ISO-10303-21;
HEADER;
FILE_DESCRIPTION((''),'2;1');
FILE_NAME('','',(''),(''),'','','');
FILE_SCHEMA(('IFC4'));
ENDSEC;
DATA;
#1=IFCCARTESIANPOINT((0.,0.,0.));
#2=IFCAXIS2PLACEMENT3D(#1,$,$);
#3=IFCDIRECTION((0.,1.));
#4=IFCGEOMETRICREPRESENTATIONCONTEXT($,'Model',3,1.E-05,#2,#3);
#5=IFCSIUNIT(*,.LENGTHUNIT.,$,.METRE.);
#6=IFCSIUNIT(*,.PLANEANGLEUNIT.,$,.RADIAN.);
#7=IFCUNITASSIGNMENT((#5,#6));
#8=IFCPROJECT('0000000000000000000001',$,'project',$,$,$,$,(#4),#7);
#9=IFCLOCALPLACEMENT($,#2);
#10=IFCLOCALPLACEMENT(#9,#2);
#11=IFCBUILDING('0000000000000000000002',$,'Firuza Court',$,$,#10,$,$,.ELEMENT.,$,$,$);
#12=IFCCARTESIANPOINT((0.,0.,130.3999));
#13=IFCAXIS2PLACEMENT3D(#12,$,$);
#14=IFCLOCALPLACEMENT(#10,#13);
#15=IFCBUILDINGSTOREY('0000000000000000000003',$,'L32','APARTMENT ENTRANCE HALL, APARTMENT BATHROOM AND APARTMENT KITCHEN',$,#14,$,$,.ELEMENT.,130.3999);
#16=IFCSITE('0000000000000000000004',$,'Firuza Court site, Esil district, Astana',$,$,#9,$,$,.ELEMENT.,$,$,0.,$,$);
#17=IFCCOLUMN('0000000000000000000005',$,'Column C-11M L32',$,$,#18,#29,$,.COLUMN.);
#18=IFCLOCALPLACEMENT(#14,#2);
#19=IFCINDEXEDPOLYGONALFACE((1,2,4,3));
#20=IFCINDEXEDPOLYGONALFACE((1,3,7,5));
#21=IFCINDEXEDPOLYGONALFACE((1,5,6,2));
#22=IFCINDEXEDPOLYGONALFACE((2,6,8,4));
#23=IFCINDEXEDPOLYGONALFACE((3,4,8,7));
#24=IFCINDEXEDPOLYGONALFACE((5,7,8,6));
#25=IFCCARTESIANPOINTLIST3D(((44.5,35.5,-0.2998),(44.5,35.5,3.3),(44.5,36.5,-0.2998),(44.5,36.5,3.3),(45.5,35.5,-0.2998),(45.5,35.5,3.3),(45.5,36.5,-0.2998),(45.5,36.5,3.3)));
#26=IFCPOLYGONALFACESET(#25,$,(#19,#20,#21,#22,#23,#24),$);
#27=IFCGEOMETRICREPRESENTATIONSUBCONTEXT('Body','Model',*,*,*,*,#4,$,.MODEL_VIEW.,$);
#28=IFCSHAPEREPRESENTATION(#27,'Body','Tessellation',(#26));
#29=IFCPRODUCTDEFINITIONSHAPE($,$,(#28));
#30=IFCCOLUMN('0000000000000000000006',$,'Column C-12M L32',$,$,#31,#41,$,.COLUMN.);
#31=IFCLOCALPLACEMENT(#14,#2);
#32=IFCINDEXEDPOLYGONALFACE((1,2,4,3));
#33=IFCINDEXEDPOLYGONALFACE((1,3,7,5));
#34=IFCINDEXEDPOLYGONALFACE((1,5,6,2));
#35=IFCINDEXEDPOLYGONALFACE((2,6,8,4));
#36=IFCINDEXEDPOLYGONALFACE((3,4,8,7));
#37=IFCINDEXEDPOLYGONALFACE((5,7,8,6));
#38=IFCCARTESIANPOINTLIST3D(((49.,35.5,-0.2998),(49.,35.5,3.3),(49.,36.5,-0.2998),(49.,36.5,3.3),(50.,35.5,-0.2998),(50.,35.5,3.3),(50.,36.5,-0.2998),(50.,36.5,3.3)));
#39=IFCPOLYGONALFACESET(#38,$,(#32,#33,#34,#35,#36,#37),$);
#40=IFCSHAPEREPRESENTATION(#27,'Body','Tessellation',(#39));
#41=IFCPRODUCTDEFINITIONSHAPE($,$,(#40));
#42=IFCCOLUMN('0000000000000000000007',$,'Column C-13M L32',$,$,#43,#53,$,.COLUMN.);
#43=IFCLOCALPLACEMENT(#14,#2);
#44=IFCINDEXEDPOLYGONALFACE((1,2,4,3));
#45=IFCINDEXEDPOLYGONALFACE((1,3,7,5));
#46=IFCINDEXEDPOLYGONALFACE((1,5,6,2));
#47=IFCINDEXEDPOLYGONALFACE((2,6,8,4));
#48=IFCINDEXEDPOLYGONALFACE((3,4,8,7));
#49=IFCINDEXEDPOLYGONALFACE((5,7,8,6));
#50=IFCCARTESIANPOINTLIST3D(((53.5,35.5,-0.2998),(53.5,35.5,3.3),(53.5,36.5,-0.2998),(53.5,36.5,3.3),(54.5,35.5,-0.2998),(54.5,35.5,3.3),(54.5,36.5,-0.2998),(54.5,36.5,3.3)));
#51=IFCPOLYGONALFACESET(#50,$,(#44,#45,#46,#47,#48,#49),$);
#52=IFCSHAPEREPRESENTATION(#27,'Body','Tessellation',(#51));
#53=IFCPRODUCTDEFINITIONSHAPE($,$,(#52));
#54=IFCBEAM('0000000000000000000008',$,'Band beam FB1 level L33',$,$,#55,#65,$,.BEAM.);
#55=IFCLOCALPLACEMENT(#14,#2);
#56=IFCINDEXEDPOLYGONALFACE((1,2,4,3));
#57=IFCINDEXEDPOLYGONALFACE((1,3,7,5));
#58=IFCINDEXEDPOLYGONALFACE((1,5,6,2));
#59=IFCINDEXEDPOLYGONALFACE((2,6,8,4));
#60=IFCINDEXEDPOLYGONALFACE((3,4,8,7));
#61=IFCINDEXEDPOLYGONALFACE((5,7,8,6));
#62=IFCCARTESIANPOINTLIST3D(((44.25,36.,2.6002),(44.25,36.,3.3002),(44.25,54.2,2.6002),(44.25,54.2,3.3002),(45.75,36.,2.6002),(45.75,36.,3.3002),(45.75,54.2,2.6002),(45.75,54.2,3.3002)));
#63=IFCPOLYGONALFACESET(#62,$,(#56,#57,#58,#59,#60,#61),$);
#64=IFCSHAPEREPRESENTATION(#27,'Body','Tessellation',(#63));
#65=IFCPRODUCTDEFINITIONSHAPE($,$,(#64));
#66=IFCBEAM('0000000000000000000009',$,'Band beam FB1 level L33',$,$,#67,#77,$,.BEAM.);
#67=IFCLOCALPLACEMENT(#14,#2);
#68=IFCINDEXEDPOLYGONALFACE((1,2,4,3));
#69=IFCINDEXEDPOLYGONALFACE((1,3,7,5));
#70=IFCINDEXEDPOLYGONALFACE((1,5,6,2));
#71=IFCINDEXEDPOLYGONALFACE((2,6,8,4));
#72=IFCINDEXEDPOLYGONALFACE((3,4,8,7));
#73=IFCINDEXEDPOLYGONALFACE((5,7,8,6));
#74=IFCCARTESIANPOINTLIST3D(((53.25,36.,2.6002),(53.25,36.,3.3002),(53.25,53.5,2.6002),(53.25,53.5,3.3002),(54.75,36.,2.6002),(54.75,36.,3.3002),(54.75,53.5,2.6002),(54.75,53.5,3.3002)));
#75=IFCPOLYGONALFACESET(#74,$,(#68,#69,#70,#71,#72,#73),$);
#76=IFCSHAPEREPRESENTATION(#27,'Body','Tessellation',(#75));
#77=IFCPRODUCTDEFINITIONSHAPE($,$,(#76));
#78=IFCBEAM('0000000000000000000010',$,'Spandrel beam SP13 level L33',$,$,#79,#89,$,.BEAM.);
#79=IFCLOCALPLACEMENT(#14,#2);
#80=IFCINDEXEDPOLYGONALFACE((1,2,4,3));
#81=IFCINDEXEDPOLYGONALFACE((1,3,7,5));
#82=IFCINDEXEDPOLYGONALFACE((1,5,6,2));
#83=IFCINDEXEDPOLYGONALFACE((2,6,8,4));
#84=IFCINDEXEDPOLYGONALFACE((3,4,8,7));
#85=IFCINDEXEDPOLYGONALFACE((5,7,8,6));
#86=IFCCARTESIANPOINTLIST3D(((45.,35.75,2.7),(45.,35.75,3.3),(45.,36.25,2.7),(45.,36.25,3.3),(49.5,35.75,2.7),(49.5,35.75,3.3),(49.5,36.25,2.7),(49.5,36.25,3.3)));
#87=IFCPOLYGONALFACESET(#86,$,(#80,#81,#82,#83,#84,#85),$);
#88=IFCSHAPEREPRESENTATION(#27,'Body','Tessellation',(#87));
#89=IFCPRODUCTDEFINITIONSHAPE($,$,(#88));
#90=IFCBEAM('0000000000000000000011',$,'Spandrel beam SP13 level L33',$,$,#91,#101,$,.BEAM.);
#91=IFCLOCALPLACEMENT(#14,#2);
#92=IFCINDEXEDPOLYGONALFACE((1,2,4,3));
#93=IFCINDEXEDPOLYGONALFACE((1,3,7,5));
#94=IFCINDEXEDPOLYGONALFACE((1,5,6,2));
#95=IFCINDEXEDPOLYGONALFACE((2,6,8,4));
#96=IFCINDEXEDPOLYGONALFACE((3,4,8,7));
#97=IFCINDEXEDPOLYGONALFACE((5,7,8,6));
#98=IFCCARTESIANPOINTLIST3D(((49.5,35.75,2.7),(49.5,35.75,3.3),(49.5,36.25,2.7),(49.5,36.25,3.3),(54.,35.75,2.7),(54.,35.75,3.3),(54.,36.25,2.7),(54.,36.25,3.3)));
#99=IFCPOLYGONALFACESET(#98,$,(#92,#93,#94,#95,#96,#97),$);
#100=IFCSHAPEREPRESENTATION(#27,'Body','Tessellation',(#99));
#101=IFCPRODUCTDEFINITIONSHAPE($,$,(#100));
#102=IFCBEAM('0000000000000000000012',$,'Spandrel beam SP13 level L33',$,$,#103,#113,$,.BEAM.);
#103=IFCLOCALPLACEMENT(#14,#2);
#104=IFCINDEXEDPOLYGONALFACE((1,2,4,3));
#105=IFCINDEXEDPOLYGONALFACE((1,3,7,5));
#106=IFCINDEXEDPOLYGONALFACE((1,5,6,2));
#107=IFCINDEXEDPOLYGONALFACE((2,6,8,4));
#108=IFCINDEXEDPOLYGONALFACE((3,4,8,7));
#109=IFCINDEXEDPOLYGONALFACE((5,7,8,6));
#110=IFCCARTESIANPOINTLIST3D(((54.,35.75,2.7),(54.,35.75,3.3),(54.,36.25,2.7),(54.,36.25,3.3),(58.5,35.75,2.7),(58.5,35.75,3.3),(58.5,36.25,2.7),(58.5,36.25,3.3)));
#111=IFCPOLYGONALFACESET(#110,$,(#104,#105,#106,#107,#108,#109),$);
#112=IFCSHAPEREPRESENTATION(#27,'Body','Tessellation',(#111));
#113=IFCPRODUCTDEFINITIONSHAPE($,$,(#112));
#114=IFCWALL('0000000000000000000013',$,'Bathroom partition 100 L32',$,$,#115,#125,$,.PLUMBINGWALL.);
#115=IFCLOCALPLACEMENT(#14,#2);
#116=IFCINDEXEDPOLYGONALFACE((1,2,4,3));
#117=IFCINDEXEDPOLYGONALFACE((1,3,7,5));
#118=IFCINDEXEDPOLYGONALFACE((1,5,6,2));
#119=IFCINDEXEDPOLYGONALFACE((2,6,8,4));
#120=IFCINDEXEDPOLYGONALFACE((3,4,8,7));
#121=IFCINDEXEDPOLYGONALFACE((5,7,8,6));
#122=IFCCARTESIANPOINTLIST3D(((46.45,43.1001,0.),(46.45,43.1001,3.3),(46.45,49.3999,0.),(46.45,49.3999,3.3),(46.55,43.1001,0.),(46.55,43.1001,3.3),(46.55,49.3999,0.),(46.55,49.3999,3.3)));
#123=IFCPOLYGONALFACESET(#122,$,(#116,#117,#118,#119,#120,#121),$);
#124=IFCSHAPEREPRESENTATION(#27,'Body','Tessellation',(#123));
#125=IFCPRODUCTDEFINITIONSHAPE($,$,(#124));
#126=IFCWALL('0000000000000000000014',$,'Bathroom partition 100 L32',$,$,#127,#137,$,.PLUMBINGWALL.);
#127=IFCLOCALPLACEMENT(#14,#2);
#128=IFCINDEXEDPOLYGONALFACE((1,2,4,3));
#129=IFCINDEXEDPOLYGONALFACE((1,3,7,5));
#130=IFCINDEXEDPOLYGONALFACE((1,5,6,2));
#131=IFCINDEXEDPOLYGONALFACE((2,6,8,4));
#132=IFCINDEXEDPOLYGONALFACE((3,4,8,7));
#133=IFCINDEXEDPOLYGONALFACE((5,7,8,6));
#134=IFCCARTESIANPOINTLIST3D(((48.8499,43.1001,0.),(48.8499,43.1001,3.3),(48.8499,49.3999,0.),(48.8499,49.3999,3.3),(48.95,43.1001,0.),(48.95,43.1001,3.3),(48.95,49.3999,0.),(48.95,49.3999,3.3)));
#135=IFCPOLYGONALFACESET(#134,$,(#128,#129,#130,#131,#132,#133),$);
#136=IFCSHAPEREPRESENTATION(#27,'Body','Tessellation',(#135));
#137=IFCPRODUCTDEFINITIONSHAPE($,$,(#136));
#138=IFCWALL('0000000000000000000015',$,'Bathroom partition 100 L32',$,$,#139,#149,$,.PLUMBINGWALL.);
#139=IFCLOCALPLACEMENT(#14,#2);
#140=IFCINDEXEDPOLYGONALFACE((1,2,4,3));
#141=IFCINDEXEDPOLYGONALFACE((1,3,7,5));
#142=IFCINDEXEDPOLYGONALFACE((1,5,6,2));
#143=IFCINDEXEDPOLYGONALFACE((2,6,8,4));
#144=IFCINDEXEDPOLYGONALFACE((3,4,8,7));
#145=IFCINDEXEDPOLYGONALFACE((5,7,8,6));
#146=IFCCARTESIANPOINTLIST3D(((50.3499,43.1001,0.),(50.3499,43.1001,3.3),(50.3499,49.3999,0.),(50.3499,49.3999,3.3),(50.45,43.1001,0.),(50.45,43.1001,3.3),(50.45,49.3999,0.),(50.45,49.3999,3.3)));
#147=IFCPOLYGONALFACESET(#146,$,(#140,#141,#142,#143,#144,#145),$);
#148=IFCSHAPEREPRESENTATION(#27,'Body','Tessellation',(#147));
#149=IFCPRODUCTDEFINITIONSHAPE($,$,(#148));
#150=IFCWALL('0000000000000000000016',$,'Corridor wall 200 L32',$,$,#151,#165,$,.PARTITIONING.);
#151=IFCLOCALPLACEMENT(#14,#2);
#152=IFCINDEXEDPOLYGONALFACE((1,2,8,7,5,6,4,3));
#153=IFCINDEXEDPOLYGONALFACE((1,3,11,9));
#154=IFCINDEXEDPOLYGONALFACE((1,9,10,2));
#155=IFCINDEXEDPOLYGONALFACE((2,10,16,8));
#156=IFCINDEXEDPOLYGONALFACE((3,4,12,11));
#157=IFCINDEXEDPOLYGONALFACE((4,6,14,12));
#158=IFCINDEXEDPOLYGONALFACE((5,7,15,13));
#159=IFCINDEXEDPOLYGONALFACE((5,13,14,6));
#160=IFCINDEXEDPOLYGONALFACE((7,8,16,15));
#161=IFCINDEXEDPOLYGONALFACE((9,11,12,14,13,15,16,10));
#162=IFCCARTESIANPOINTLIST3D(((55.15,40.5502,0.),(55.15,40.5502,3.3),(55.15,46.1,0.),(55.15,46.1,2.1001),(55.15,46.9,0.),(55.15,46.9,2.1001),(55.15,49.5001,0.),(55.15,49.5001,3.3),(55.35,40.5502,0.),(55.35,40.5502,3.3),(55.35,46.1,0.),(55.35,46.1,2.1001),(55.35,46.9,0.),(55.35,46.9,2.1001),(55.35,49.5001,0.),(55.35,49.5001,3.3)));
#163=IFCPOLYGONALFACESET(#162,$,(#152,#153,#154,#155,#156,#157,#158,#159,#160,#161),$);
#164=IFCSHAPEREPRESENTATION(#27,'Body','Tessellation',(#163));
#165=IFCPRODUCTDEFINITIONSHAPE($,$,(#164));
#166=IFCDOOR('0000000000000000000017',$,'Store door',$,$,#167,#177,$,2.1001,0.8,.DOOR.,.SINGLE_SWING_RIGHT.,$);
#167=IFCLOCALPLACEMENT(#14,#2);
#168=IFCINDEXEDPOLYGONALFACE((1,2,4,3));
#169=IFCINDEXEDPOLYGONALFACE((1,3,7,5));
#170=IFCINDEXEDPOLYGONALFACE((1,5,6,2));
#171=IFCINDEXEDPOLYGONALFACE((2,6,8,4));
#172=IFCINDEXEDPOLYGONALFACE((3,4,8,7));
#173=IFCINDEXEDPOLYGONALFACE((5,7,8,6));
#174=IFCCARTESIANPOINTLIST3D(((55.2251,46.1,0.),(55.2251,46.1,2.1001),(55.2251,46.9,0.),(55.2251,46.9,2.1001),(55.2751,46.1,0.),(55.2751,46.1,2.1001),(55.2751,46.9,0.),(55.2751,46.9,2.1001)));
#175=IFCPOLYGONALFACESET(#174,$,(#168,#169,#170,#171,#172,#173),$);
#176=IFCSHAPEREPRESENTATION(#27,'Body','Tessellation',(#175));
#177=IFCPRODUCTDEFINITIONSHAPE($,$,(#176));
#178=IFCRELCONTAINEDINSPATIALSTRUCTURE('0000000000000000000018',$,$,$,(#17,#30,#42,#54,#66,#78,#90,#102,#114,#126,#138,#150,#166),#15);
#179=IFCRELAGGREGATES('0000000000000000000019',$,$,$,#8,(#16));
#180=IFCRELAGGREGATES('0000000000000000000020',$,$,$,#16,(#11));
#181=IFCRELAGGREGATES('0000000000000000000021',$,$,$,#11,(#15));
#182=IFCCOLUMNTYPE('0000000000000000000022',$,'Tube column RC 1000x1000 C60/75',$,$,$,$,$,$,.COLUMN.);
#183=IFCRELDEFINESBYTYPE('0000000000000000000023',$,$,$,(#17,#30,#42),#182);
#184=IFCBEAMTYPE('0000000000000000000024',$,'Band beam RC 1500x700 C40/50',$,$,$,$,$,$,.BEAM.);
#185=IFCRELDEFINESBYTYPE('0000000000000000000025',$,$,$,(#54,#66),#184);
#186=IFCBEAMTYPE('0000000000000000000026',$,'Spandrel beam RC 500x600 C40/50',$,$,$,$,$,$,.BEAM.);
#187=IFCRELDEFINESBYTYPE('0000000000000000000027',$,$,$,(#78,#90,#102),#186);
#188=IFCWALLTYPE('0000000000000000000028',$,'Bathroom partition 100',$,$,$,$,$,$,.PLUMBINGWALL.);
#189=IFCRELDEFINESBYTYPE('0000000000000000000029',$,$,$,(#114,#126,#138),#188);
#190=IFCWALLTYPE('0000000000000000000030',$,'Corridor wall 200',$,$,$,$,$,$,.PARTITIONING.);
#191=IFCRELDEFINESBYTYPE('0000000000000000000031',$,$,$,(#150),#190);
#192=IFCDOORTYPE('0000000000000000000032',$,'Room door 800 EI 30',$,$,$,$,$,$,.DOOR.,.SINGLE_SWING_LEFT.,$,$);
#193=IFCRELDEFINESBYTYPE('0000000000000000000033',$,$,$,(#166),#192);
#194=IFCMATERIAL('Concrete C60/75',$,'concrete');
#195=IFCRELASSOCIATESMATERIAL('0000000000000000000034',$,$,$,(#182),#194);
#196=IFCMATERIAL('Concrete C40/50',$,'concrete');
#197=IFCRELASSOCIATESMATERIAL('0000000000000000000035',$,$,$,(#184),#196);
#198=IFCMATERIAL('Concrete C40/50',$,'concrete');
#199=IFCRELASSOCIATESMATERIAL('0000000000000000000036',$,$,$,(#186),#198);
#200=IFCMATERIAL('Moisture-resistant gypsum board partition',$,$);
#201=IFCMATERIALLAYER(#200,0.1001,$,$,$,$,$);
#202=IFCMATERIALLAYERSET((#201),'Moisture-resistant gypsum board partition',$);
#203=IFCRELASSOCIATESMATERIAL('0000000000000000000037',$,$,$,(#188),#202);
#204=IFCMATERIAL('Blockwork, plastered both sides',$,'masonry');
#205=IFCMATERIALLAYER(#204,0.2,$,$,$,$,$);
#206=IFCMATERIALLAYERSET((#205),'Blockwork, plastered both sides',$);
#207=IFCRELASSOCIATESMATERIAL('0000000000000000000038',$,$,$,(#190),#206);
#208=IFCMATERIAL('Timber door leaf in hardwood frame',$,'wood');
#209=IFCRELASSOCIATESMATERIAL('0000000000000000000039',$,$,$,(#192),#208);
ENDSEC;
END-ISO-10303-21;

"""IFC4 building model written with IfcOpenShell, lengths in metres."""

from ifc_helpers import new_model, si_unit, direction, frame, frame_2d, origin, origin_2d, place, context, subcontext, project, spatial, rectangle, extrude, material, layer, layer_set, material_profile, profile_set, type_object, element, fill, save


model = new_model("IFC4")

# Units and contexts
model_context = context("Model", 3, precision=1e-05, world=origin(), true_north=direction((0.0, 1.0)))
body_context = subcontext(model_context, "Body", "Model", "MODEL_VIEW")
ifc_project = project(units=[si_unit("LENGTHUNIT", "METRE"), si_unit("PLANEANGLEUNIT", "RADIAN")], contexts=[model_context])

# Site, building, storey
site_placement = place(None, origin())
site = spatial("IfcSite", under=ifc_project, at=site_placement, Name="Firuza Court site, Esil district, Astana", CompositionType="ELEMENT", RefElevation=0.0)
building_placement = place(site_placement, origin())
building = spatial("IfcBuilding", under=site, at=building_placement, Name="Firuza Court", CompositionType="ELEMENT")
storey_placement = place(building_placement, frame((0.0, 0.0, 130.3999)))
storey = spatial("IfcBuildingStorey", under=building, at=storey_placement, Name="L32", Description="APARTMENT ENTRANCE HALL, APARTMENT BATHROOM AND APARTMENT KITCHEN", CompositionType="ELEMENT", Elevation=130.3999)

# Columns
ifc_material_1 = material(Name="Concrete C60/75", Category="concrete")
ifc_material_profile_1 = material_profile(ifc_material_1, rectangle(XDim=1.0, YDim=1.0, at=origin_2d()), Name="RC 1000x1000")
ifc_profile_set_1 = profile_set([ifc_material_profile_1], Name="Concrete C60/75")
column_type = type_object("IfcColumnType", Name="Tube column RC 1000x1000 C60/75", PredefinedType="COLUMN", material=ifc_profile_set_1)
for number, where, z_axis, x_axis, name in (
    (1, (45.0, 36.0, -0.2998), (0.0, 0.0, 1.0), (1.0, 0.0, 0.0), "Column C-11M L32"),
    (2, (49.5, 36.0, -0.2998), (0.0, 0.0, 1.0), (1.0, 0.0, 0.0), "Column C-12M L32"),
    (3, (54.0, 36.0, -0.2998), (0.0, 0.0, 1.0), (1.0, 0.0, 0.0), "Column C-13M L32"),
):
    element("IfcColumn", number, at=place(storey_placement, frame(where, z_axis=z_axis, x_axis=x_axis)), inside=storey, type_object=column_type, Name=name, PredefinedType="COLUMN", context=body_context, shape_type="SweptSolid", body=[
        extrude(rectangle(XDim=1.0, YDim=1.0, at=origin_2d()), origin(), (0.0, 0.0, 1.0), 3.5999),
    ])

# Beams
ifc_material_2 = material(Name="Concrete C40/50", Category="concrete")
ifc_material_profile_2 = material_profile(ifc_material_2, rectangle(XDim=1.5, YDim=0.7, at=origin_2d()), Name="RC 1500x700")
ifc_profile_set_2 = profile_set([ifc_material_profile_2], Name="Concrete C40/50")
beam_type_1 = type_object("IfcBeamType", Name="Band beam RC 1500x700 C40/50", PredefinedType="BEAM", material=ifc_profile_set_2)
beam_1_placement = place(storey_placement, frame((45.0, 36.0, 2.9502), z_axis=(0.0, 1.0, 0.0), x_axis=(-1.0, 0.0, 0.0)))
element("IfcBeam", 4, at=beam_1_placement, inside=storey, type_object=beam_type_1, Name="Band beam FB1 level L33", PredefinedType="BEAM", context=body_context, shape_type="SweptSolid", body=[
    extrude(rectangle(XDim=1.5, YDim=0.7, at=origin_2d()), origin(), (0.0, 0.0, 1.0), 18.2),
])
beam_2_placement = place(storey_placement, frame((54.0, 36.0, 2.9502), z_axis=(0.0, 1.0, 0.0), x_axis=(-1.0, 0.0, 0.0)))
element("IfcBeam", 5, at=beam_2_placement, inside=storey, type_object=beam_type_1, Name="Band beam FB1 level L33", PredefinedType="BEAM", context=body_context, shape_type="SweptSolid", body=[
    extrude(rectangle(XDim=1.5, YDim=0.7, at=origin_2d()), origin(), (0.0, 0.0, 1.0), 17.5),
])
ifc_material_3 = material(Name="Concrete C40/50", Category="concrete")
ifc_material_profile_3 = material_profile(ifc_material_3, rectangle(XDim=0.5, YDim=0.6001, at=origin_2d()), Name="RC 500x600")
ifc_profile_set_3 = profile_set([ifc_material_profile_3], Name="Concrete C40/50")
beam_type_2 = type_object("IfcBeamType", Name="Spandrel beam RC 500x600 C40/50", PredefinedType="BEAM", material=ifc_profile_set_3)
for number, where, z_axis, x_axis, name in (
    (6, (45.0, 36.0, 3.0), (1.0, 0.0, 0.0), (0.0, 1.0, 0.0), "Spandrel beam SP13 level L33"),
    (7, (49.5, 36.0, 3.0), (1.0, 0.0, 0.0), (0.0, 1.0, 0.0), "Spandrel beam SP13 level L33"),
    (8, (54.0, 36.0, 3.0), (1.0, 0.0, 0.0), (0.0, 1.0, 0.0), "Spandrel beam SP13 level L33"),
):
    element("IfcBeam", number, at=place(storey_placement, frame(where, z_axis=z_axis, x_axis=x_axis)), inside=storey, type_object=beam_type_2, Name=name, PredefinedType="BEAM", context=body_context, shape_type="SweptSolid", body=[
        extrude(rectangle(XDim=0.5, YDim=0.6001, at=origin_2d()), origin(), (0.0, 0.0, 1.0), 4.5),
    ])

# Walls
ifc_material_4 = material(Name="Moisture-resistant gypsum board partition")
ifc_layer_1 = layer(ifc_material_4, 0.1001)
ifc_layer_set_1 = layer_set([ifc_layer_1], Name="Moisture-resistant gypsum board partition")
wall_type_1 = type_object("IfcWallType", Name="Bathroom partition 100", PredefinedType="PLUMBINGWALL", material=ifc_layer_set_1)
for number, where, z_axis, x_axis, name in (
    (9, (46.5, 43.1001, 0.0), (0.0, 0.0, 1.0), (0.0, 1.0, 0.0), "Bathroom partition 100 L32"),
    (10, (48.8999, 43.1001, 0.0), (0.0, 0.0, 1.0), (0.0, 1.0, 0.0), "Bathroom partition 100 L32"),
    (11, (50.3999, 43.1001, 0.0), (0.0, 0.0, 1.0), (0.0, 1.0, 0.0), "Bathroom partition 100 L32"),
):
    element("IfcWall", number, at=place(storey_placement, frame(where, z_axis=z_axis, x_axis=x_axis)), inside=storey, type_object=wall_type_1, Name=name, PredefinedType="PLUMBINGWALL", context=body_context, shape_type="SweptSolid", body=[
        extrude(rectangle(XDim=6.2998, YDim=0.1001, at=frame_2d((3.1499, 0.0))), origin(), (0.0, 0.0, 1.0), 3.3),
    ])

# Wall, opening, door
ifc_material_5 = material(Name="Blockwork, plastered both sides", Category="masonry")
ifc_layer_2 = layer(ifc_material_5, 0.2)
ifc_layer_set_2 = layer_set([ifc_layer_2], Name="Blockwork, plastered both sides")
wall_type_2 = type_object("IfcWallType", Name="Corridor wall 200", PredefinedType="PARTITIONING", material=ifc_layer_set_2)
wall_1_placement = place(storey_placement, frame((55.25, 40.55, 0.0), z_axis=(0.0, 0.0, 1.0), x_axis=(0.0, 1.0, 0.0)))
wall_1 = element("IfcWall", 12, at=wall_1_placement, inside=storey, type_object=wall_type_2, Name="Corridor wall 200 L32", PredefinedType="PARTITIONING", context=body_context, shape_type="SweptSolid", body=[
    extrude(rectangle(XDim=8.95, YDim=0.2, at=frame_2d((4.4751, 0.0))), origin(), (0.0, 0.0, 1.0), 3.3),
])
opening_1_placement = place(wall_1_placement, frame((5.55, 0.0, 0.0)))
opening_1 = element("IfcOpeningElement", 13, at=opening_1_placement, cuts=wall_1, PredefinedType="OPENING", context=body_context, shape_type="SweptSolid", body=[
    extrude(rectangle(XDim=0.8, YDim=2.1001, at=frame_2d((0.3999, 1.05))), frame((0.0, 0.1118, 0.0), z_axis=(0.0, -1.0, 0.0), x_axis=(1.0, 0.0, 0.0)), (0.0, 0.0, 1.0), 0.2239),
])
ifc_material_6 = material(Name="Timber door leaf in hardwood frame", Category="wood")
door_type_1 = type_object("IfcDoorType", Name="Room door 800 EI 30", OperationType="SINGLE_SWING_LEFT", PredefinedType="DOOR", material=ifc_material_6)
door_1_placement = place(opening_1_placement, origin())
door_1 = element("IfcDoor", 14, at=door_1_placement, inside=storey, type_object=door_type_1, Name="Store door", OperationType="SINGLE_SWING_RIGHT", OverallHeight=2.1001, OverallWidth=0.8, PredefinedType="DOOR", context=body_context, shape_type="SweptSolid", body=[
    extrude(rectangle(XDim=0.8, YDim=2.1001, at=frame_2d((0.3999, 1.05))), frame((0.0, 0.0249, 0.0), z_axis=(0.0, -1.0, 0.0), x_axis=(1.0, 0.0, 0.0)), (0.0, 0.0, 1.0), 0.05),
])
fill(opening_1, door_1)

save(model, "model.ifc")
